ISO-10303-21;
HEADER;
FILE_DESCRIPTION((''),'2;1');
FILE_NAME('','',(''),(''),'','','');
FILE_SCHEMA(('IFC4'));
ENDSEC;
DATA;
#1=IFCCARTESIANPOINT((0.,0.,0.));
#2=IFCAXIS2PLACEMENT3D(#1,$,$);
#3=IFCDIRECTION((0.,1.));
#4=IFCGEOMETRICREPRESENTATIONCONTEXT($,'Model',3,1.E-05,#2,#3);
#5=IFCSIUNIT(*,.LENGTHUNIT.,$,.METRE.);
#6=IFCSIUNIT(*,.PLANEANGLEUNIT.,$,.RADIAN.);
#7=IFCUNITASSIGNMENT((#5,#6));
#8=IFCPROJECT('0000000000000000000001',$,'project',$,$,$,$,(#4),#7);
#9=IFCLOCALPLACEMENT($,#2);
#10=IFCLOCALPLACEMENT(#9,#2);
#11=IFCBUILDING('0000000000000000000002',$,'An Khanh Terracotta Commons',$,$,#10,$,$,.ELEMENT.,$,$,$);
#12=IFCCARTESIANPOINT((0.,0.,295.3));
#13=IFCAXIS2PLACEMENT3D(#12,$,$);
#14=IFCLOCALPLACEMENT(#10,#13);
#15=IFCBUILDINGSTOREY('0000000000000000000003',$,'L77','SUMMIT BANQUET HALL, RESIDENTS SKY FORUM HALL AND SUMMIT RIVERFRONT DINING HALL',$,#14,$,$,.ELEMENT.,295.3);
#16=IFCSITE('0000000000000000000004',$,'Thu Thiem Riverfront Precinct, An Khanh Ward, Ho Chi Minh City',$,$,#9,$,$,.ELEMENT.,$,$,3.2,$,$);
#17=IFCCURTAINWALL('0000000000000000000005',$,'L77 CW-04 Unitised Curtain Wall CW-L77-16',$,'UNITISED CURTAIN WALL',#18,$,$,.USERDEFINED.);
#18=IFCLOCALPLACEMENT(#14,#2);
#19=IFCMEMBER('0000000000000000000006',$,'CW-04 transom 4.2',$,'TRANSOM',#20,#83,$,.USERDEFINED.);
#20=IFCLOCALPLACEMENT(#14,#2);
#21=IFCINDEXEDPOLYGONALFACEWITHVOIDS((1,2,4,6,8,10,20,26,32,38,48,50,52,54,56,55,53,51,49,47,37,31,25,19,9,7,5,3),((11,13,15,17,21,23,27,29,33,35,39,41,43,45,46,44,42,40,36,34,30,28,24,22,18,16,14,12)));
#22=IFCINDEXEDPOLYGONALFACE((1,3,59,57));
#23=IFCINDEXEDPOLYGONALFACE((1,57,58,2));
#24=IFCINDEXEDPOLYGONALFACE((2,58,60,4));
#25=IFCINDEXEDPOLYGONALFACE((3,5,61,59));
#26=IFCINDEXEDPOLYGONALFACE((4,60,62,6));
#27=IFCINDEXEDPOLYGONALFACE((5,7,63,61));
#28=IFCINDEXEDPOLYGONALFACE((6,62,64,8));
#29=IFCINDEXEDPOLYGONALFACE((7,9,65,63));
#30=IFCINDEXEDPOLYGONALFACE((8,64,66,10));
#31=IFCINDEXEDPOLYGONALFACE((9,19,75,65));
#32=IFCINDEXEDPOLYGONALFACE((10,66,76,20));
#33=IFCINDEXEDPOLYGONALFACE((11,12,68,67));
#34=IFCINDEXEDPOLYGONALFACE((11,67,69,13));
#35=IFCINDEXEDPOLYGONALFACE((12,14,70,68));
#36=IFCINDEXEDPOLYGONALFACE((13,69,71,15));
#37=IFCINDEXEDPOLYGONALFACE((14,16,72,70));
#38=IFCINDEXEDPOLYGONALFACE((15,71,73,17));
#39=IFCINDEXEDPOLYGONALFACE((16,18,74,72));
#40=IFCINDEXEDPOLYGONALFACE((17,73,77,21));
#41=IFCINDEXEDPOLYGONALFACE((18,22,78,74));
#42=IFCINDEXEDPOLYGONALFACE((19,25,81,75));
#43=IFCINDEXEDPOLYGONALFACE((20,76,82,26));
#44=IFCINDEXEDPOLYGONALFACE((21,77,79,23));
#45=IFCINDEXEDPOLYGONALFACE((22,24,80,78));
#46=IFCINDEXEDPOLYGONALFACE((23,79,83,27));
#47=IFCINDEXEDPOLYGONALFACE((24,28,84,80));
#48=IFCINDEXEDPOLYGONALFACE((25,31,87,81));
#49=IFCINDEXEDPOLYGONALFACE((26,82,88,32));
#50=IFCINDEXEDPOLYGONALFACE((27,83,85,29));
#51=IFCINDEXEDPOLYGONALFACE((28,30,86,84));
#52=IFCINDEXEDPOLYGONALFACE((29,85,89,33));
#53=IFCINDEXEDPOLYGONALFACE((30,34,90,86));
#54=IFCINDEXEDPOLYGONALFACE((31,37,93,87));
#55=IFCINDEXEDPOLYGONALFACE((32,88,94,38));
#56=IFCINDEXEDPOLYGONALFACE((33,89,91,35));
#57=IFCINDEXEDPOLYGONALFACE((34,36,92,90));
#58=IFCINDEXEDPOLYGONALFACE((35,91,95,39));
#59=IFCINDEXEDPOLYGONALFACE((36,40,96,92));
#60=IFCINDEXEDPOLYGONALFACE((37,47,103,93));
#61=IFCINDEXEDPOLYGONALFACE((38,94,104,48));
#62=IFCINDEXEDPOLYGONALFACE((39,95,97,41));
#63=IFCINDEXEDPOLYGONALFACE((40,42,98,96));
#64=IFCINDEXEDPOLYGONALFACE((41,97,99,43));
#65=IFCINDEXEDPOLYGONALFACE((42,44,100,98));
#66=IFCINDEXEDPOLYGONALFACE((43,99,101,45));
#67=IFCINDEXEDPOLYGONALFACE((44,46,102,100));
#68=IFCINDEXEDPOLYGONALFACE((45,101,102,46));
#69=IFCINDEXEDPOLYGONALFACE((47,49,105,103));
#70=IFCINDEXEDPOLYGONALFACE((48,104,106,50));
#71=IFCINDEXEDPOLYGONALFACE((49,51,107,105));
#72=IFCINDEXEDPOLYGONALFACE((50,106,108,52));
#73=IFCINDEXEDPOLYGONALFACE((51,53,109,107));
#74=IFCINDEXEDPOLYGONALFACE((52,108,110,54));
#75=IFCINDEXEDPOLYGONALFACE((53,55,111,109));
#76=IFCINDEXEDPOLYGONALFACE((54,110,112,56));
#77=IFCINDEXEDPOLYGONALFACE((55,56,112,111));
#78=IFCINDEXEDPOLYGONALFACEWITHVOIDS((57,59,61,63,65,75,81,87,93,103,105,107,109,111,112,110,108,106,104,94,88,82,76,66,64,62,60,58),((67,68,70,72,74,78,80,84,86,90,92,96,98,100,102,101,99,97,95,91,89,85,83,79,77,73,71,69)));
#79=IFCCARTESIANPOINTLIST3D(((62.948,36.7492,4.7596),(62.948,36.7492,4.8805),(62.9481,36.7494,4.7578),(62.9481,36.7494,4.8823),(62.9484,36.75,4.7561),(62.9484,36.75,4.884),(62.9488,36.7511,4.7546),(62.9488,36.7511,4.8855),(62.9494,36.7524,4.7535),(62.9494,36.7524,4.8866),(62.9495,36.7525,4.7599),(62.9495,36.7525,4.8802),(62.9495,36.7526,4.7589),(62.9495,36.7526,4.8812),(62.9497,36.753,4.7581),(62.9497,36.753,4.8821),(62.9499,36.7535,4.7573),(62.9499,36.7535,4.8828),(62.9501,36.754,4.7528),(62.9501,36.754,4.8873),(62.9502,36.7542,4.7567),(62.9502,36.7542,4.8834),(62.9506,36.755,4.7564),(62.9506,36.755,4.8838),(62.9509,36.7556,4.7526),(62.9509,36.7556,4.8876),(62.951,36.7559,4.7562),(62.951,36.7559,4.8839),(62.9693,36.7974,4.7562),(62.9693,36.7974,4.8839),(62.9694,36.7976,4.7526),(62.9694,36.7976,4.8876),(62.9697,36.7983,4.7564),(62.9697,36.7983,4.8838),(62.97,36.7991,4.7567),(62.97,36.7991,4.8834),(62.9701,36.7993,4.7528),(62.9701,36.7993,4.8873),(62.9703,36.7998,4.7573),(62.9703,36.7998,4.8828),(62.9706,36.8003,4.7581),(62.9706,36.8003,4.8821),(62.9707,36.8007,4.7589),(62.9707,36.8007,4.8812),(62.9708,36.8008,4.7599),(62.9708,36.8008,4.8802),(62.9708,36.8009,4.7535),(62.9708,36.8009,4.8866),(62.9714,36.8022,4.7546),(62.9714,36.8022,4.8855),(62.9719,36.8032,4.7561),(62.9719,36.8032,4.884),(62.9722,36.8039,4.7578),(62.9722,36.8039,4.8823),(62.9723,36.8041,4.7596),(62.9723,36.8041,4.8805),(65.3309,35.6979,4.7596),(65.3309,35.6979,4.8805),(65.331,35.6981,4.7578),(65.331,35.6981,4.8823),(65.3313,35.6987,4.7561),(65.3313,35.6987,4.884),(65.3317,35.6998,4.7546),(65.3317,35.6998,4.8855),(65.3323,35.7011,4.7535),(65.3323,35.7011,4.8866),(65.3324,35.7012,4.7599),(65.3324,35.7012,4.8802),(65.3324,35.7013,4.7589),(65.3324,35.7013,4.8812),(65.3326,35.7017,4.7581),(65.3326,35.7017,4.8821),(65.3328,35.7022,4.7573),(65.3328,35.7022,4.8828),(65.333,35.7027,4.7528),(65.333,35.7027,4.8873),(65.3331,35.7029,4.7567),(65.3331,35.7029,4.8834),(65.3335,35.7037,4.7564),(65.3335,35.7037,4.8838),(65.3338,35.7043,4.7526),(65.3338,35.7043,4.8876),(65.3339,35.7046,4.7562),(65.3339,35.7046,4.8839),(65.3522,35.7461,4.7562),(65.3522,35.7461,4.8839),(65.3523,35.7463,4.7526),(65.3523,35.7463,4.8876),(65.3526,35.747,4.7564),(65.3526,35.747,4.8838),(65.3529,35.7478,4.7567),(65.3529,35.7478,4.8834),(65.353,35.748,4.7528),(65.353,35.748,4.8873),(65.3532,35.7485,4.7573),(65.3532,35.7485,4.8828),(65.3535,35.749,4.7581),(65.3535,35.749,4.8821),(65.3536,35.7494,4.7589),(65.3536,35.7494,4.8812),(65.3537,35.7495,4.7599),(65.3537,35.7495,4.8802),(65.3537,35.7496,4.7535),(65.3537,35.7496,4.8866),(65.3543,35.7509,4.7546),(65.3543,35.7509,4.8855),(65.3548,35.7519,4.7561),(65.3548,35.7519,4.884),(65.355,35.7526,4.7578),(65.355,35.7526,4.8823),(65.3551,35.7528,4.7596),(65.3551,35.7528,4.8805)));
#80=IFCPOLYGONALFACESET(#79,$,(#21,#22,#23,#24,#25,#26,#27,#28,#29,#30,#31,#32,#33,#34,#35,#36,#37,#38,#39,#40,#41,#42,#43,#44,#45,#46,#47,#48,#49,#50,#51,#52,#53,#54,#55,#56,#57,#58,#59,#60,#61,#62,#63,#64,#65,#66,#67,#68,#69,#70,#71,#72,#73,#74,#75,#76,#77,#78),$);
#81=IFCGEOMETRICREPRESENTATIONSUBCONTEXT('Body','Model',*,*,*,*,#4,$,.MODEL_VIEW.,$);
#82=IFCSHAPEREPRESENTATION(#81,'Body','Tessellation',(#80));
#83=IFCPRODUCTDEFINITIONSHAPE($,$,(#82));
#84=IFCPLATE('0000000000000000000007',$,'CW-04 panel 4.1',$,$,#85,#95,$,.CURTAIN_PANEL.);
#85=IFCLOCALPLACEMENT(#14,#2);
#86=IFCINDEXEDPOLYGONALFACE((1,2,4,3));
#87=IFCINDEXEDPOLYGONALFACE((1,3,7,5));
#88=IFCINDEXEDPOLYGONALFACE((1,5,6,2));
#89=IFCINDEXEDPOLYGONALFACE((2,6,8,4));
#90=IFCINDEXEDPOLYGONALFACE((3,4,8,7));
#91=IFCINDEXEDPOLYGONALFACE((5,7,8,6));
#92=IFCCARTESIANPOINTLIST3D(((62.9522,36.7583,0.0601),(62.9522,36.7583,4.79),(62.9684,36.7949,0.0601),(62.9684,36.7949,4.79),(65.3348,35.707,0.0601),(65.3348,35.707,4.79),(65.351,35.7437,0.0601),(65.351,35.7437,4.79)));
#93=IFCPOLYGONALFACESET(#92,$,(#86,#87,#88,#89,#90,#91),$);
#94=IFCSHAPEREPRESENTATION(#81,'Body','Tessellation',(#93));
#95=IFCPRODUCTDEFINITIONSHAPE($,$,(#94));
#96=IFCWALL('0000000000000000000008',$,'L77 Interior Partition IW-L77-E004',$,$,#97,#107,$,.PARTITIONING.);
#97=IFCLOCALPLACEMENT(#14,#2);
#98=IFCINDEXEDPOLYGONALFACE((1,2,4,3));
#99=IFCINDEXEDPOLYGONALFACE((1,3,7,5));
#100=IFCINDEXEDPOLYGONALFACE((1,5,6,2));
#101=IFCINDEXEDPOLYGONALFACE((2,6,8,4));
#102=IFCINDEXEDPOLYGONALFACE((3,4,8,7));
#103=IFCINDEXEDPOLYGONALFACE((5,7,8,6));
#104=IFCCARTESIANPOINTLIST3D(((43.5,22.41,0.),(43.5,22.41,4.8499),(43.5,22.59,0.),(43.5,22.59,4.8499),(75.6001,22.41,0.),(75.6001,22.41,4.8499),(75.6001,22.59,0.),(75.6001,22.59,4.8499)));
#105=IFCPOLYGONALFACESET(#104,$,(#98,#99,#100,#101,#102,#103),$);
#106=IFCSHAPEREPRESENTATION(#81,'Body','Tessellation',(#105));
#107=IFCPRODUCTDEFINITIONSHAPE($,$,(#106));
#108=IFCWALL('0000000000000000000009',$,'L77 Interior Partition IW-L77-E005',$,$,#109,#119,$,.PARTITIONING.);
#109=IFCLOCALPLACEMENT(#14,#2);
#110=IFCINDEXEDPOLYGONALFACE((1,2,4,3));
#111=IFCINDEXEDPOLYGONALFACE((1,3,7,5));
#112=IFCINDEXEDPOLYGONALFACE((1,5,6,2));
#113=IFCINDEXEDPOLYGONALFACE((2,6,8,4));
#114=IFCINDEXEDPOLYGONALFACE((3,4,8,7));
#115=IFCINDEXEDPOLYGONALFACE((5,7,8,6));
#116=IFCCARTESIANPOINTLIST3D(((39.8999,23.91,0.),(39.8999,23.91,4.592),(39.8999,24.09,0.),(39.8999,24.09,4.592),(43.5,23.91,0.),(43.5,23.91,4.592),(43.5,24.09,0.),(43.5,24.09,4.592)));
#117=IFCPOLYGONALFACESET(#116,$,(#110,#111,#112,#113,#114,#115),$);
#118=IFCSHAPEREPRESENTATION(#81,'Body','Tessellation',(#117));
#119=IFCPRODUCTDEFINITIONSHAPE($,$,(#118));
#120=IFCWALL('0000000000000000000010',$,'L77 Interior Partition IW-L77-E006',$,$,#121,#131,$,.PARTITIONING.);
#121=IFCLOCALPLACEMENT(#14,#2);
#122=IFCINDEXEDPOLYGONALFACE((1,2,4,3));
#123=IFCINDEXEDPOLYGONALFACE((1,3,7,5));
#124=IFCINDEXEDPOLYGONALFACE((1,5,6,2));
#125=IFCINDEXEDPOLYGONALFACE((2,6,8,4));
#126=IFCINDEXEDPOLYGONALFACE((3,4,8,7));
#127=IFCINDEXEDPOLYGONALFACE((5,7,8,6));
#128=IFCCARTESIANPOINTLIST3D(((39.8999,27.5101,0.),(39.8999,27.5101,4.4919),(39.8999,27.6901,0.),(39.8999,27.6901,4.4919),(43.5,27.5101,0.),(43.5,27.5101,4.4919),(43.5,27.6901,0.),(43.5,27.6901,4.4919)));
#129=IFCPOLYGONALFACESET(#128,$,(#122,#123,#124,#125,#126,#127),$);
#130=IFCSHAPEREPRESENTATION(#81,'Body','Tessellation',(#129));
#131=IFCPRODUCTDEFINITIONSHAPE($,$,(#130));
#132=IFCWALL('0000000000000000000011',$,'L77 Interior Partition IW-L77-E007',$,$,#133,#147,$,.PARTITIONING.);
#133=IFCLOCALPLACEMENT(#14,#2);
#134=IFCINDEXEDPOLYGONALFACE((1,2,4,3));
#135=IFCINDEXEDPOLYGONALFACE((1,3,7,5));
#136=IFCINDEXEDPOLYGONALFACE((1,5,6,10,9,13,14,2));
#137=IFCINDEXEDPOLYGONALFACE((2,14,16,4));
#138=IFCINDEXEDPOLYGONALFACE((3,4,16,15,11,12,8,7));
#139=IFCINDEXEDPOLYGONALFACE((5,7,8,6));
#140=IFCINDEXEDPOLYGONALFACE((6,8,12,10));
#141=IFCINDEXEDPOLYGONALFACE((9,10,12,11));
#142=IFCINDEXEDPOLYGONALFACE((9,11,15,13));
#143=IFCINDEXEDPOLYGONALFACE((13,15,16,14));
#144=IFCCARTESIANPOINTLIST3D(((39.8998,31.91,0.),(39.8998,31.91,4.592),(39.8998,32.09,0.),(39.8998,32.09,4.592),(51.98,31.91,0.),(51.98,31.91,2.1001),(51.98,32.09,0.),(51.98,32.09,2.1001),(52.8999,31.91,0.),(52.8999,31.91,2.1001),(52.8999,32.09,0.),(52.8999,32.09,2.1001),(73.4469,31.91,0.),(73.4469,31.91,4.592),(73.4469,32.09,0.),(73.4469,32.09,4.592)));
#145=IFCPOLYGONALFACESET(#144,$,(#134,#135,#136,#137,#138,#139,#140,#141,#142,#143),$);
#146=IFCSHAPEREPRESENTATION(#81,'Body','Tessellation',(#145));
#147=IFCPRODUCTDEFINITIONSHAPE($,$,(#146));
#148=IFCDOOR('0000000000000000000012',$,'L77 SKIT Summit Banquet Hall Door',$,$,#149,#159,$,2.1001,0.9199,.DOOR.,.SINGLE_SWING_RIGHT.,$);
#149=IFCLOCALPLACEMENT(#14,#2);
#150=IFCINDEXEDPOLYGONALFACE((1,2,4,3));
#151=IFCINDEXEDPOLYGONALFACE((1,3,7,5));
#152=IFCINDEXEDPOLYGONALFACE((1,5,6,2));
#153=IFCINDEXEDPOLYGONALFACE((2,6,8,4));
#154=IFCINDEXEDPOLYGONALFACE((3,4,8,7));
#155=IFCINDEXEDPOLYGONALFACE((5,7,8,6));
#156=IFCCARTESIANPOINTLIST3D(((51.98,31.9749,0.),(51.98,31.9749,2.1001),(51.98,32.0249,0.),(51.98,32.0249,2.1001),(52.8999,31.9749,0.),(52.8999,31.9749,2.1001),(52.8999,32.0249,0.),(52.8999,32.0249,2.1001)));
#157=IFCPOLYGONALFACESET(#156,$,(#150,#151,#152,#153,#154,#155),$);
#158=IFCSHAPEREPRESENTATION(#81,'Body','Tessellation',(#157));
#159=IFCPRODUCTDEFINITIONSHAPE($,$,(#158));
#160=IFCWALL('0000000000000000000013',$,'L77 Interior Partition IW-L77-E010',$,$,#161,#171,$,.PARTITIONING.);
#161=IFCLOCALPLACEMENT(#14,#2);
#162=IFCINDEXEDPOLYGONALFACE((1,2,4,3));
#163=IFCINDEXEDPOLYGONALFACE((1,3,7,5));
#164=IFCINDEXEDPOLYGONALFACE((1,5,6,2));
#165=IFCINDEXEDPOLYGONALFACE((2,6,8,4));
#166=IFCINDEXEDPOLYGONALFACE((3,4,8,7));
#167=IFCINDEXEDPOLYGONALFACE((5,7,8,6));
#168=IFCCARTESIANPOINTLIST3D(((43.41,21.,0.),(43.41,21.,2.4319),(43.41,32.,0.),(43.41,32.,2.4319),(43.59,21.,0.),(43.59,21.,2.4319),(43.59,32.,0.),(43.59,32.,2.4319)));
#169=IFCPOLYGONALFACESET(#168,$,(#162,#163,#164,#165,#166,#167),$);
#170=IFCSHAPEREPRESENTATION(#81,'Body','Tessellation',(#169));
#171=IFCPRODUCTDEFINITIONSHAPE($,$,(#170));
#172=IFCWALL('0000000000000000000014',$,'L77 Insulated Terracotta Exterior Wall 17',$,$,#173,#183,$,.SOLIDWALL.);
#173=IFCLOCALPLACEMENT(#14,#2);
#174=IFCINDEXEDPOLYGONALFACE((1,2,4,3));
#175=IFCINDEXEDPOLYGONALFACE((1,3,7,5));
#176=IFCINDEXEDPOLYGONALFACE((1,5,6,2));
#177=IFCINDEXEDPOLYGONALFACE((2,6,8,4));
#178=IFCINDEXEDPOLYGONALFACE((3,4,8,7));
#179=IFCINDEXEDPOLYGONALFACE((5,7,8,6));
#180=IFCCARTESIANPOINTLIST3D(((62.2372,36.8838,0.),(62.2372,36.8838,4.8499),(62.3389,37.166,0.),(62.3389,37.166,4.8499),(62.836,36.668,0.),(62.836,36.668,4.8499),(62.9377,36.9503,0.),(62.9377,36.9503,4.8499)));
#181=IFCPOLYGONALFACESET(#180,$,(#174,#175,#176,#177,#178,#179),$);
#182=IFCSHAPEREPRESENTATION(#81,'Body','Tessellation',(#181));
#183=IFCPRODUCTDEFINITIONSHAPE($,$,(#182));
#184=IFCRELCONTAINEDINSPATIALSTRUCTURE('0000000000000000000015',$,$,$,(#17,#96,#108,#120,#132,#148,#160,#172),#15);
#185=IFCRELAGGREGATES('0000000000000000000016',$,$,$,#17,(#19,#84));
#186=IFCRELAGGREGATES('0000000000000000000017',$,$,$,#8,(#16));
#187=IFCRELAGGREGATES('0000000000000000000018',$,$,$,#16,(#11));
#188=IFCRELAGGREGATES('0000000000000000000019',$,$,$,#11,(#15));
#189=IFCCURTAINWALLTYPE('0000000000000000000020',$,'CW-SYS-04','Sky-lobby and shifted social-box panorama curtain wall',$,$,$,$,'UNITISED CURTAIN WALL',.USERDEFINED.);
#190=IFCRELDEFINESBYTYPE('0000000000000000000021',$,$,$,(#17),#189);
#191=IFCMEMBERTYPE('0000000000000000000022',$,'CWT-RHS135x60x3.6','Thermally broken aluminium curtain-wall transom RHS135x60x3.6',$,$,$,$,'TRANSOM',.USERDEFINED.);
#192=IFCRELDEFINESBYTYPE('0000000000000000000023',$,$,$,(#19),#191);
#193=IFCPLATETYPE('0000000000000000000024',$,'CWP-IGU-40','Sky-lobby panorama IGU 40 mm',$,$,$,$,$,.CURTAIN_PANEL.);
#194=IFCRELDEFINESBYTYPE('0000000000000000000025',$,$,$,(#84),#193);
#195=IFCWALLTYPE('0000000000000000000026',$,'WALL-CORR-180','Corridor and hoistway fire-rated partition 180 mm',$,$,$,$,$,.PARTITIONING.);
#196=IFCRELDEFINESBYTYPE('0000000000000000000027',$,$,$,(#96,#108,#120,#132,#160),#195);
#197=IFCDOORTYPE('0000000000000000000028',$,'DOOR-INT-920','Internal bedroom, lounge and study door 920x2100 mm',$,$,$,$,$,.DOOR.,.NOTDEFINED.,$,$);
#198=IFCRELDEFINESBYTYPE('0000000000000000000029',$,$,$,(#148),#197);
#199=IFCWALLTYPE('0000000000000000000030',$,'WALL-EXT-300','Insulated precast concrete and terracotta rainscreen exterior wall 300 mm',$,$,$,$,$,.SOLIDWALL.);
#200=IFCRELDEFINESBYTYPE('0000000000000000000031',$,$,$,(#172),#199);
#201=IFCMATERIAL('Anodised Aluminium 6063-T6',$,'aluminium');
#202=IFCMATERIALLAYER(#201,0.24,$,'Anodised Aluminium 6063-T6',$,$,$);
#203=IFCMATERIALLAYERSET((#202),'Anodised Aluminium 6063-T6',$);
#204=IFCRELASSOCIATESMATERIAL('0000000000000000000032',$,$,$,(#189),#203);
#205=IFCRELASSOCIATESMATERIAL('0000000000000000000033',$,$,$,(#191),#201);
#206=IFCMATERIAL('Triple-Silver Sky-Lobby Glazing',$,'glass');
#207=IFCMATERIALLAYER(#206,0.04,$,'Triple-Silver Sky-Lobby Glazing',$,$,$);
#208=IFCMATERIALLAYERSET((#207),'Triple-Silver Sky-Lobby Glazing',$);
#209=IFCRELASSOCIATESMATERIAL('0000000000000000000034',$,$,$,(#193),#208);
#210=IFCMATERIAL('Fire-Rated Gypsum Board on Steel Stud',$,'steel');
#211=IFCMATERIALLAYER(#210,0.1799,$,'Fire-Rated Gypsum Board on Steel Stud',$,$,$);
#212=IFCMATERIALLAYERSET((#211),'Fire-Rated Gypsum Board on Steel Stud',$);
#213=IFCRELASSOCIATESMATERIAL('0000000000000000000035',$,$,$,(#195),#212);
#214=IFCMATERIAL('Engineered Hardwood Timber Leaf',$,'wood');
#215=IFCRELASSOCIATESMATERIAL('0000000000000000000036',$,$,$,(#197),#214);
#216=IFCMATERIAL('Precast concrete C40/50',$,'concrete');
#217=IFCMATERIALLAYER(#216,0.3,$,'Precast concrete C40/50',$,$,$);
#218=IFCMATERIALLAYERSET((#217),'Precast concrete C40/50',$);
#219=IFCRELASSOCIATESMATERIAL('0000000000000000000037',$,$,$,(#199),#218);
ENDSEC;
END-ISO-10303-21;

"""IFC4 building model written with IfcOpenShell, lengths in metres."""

from ifc_helpers import new_model, si_unit, direction, frame, frame_2d, origin, origin_2d, place, context, subcontext, project, spatial, rectangle, hollow_rectangle, extrude, material, layer, layer_set, material_profile, profile_set, type_object, element, fill, aggregate, save


model = new_model("IFC4")

# Units and contexts
model_context = context("Model", 3, precision=1e-05, world=origin(), true_north=direction((0.0, 1.0)))
body_context = subcontext(model_context, "Body", "Model", "MODEL_VIEW")
ifc_project = project(units=[si_unit("LENGTHUNIT", "METRE"), si_unit("PLANEANGLEUNIT", "RADIAN")], contexts=[model_context])

# Site, building, storey
site_placement = place(None, origin())
site = spatial("IfcSite", under=ifc_project, at=site_placement, Name="Thu Thiem Riverfront Precinct, An Khanh Ward, Ho Chi Minh City", CompositionType="ELEMENT", RefElevation=3.2)
building_placement = place(site_placement, origin())
building = spatial("IfcBuilding", under=site, at=building_placement, Name="An Khanh Terracotta Commons", CompositionType="ELEMENT")
storey_placement = place(building_placement, frame((0.0, 0.0, 295.3)))
storey = spatial("IfcBuildingStorey", under=building, at=storey_placement, Name="L77", Description="SUMMIT BANQUET HALL, RESIDENTS SKY FORUM HALL AND SUMMIT RIVERFRONT DINING HALL", CompositionType="ELEMENT", Elevation=295.3)

# Curtain wall, member, plate
ifc_material_1 = material(Name="Anodised Aluminium 6063-T6", Category="aluminium")
ifc_layer_1 = layer(ifc_material_1, 0.24, Name="Anodised Aluminium 6063-T6")
ifc_layer_set_1 = layer_set([ifc_layer_1], Name="Anodised Aluminium 6063-T6")
curtain_wall_type = type_object("IfcCurtainWallType", Name="CW-SYS-04", Description="Sky-lobby and shifted social-box panorama curtain wall", ElementType="UNITISED CURTAIN WALL", PredefinedType="USERDEFINED", material=ifc_layer_set_1)
curtain_wall_placement = place(storey_placement, origin())
curtain_wall = element("IfcCurtainWall", 1, at=curtain_wall_placement, inside=storey, type_object=curtain_wall_type, Name="L77 CW-04 Unitised Curtain Wall CW-L77-16", ObjectType="UNITISED CURTAIN WALL", PredefinedType="USERDEFINED")
ifc_material_profile_1 = material_profile(ifc_material_1, hollow_rectangle(XDim=0.0601, YDim=0.135, WallThickness=0.0037, InnerFilletRadius=0.0037, OuterFilletRadius=0.0071, at=origin_2d()), Name="RHS135x60x3.6")
ifc_profile_set_1 = profile_set([ifc_material_profile_1], Name="Anodised Aluminium 6063-T6")
member_type_1 = type_object("IfcMemberType", Name="CWT-RHS135x60x3.6", Description="Thermally broken aluminium curtain-wall transom RHS135x60x3.6", ElementType="TRANSOM", PredefinedType="USERDEFINED", material=ifc_profile_set_1)
member_1_placement = place(storey_placement, frame((65.343, 35.7253, 4.8201), z_axis=(-0.914914, 0.403649, 0.0), x_axis=(-0.403649, -0.914914, 0.0)))
member_1 = element("IfcMember", 2, at=member_1_placement, type_object=member_type_1, Name="CW-04 transom 4.2", ObjectType="TRANSOM", PredefinedType="USERDEFINED", context=body_context, shape_type="SweptSolid", body=[
    extrude(hollow_rectangle(XDim=0.0601, YDim=0.135, WallThickness=0.0037, InnerFilletRadius=0.0037, OuterFilletRadius=0.0071, at=origin_2d()), origin(), (0.0, 0.0, 1.0), 2.6045),
])
ifc_material_2 = material(Name="Triple-Silver Sky-Lobby Glazing", Category="glass")
ifc_layer_2 = layer(ifc_material_2, 0.04, Name="Triple-Silver Sky-Lobby Glazing")
ifc_layer_set_2 = layer_set([ifc_layer_2], Name="Triple-Silver Sky-Lobby Glazing")
plate_type = type_object("IfcPlateType", Name="CWP-IGU-40", Description="Sky-lobby panorama IGU 40 mm", PredefinedType="CURTAIN_PANEL", material=ifc_layer_set_2)
plate_placement = place(storey_placement, frame((64.1516, 36.251, 0.0601), z_axis=(0.0, 0.0, 1.0), x_axis=(-0.914902, 0.403676, 0.0)))
plate = element("IfcPlate", 3, at=plate_placement, type_object=plate_type, Name="CW-04 panel 4.1", PredefinedType="CURTAIN_PANEL", context=body_context, shape_type="SweptSolid", body=[
    extrude(rectangle(XDim=2.6042, YDim=0.04, at=origin_2d()), origin(), (0.0, 0.0, 1.0), 4.73),
])
aggregate(curtain_wall, [member_1, plate])

# Walls
ifc_material_3 = material(Name="Fire-Rated Gypsum Board on Steel Stud", Category="steel")
ifc_layer_3 = layer(ifc_material_3, 0.1799, Name="Fire-Rated Gypsum Board on Steel Stud")
ifc_layer_set_3 = layer_set([ifc_layer_3], Name="Fire-Rated Gypsum Board on Steel Stud")
wall_type_1 = type_object("IfcWallType", Name="WALL-CORR-180", Description="Corridor and hoistway fire-rated partition 180 mm", PredefinedType="PARTITIONING", material=ifc_layer_set_3)
wall_1_placement = place(storey_placement, frame((43.5, 22.5, 0.0), z_axis=(0.0, 0.0, 1.0), x_axis=(1.0, 0.0, 0.0)))
element("IfcWall", 4, at=wall_1_placement, inside=storey, type_object=wall_type_1, Name="L77 Interior Partition IW-L77-E004", PredefinedType="PARTITIONING", context=body_context, shape_type="SweptSolid", body=[
    extrude(rectangle(XDim=32.1001, YDim=0.1799, at=frame_2d((16.05, 0.0))), origin(), (0.0, 0.0, 1.0), 4.8499),
])
wall_2_placement = place(storey_placement, frame((39.8999, 24.0, 0.0), z_axis=(0.0, 0.0, 1.0), x_axis=(1.0, 0.0, 0.0)))
element("IfcWall", 5, at=wall_2_placement, inside=storey, type_object=wall_type_1, Name="L77 Interior Partition IW-L77-E005", PredefinedType="PARTITIONING", context=body_context, shape_type="SweptSolid", body=[
    extrude(rectangle(XDim=3.6001, YDim=0.1799, at=frame_2d((1.8, 0.0))), origin(), (0.0, 0.0, 1.0), 4.592),
])
wall_3_placement = place(storey_placement, frame((39.8999, 27.6001, 0.0), z_axis=(0.0, 0.0, 1.0), x_axis=(1.0, 0.0, 0.0)))
element("IfcWall", 6, at=wall_3_placement, inside=storey, type_object=wall_type_1, Name="L77 Interior Partition IW-L77-E006", PredefinedType="PARTITIONING", context=body_context, shape_type="SweptSolid", body=[
    extrude(rectangle(XDim=3.6001, YDim=0.1799, at=frame_2d((1.8, 0.0))), origin(), (0.0, 0.0, 1.0), 4.4919),
])

# Wall, opening, door
wall_4_placement = place(storey_placement, frame((39.8999, 32.0, 0.0), z_axis=(0.0, 0.0, 1.0), x_axis=(1.0, 0.0, 0.0)))
wall_4 = element("IfcWall", 7, at=wall_4_placement, inside=storey, type_object=wall_type_1, Name="L77 Interior Partition IW-L77-E007", PredefinedType="PARTITIONING", context=body_context, shape_type="SweptSolid", body=[
    extrude(rectangle(XDim=33.5471, YDim=0.1799, at=frame_2d((16.7734, 0.0))), origin(), (0.0, 0.0, 1.0), 4.592),
])
opening_1_placement = place(wall_4_placement, frame((12.0801, 0.0, 0.0)))
opening_1 = element("IfcOpeningElement", 8, at=opening_1_placement, cuts=wall_4, PredefinedType="OPENING", context=body_context, shape_type="SweptSolid", body=[
    extrude(rectangle(XDim=0.9199, YDim=2.1001, at=frame_2d((0.46, 1.05))), frame((0.0, 0.0999, 0.0), z_axis=(0.0, -1.0, 0.0), x_axis=(1.0, 0.0, 0.0)), (0.0, 0.0, 1.0), 0.2),
])
ifc_material_4 = material(Name="Engineered Hardwood Timber Leaf", Category="wood")
door_type_1 = type_object("IfcDoorType", Name="DOOR-INT-920", Description="Internal bedroom, lounge and study door 920x2100 mm", OperationType="NOTDEFINED", PredefinedType="DOOR", material=ifc_material_4)
door_1_placement = place(opening_1_placement, origin())
door_1 = element("IfcDoor", 9, at=door_1_placement, inside=storey, type_object=door_type_1, Name="L77 SKIT Summit Banquet Hall Door", OperationType="SINGLE_SWING_RIGHT", OverallHeight=2.1001, OverallWidth=0.9199, PredefinedType="DOOR", context=body_context, shape_type="SweptSolid", body=[
    extrude(rectangle(XDim=0.9199, YDim=2.1001, at=frame_2d((0.46, 1.05))), frame((0.0, 0.0249, 0.0), z_axis=(0.0, -1.0, 0.0), x_axis=(1.0, 0.0, 0.0)), (0.0, 0.0, 1.0), 0.05),
])
fill(opening_1, door_1)

# Walls
wall_5_placement = place(storey_placement, frame((43.5, 21.0, 0.0), z_axis=(0.0, 0.0, 1.0), x_axis=(0.0, 1.0, 0.0)))
element("IfcWall", 10, at=wall_5_placement, inside=storey, type_object=wall_type_1, Name="L77 Interior Partition IW-L77-E010", PredefinedType="PARTITIONING", context=body_context, shape_type="SweptSolid", body=[
    extrude(rectangle(XDim=11.0, YDim=0.1799, at=frame_2d((5.5, 0.0))), origin(), (0.0, 0.0, 1.0), 2.4319),
])
ifc_material_5 = material(Name="Precast concrete C40/50", Category="concrete")
ifc_layer_4 = layer(ifc_material_5, 0.3, Name="Precast concrete C40/50")
ifc_layer_set_4 = layer_set([ifc_layer_4], Name="Precast concrete C40/50")
wall_type_2 = type_object("IfcWallType", Name="WALL-EXT-300", Description="Insulated precast concrete and terracotta rainscreen exterior wall 300 mm", PredefinedType="SOLIDWALL", material=ifc_layer_set_4)
wall_6_placement = place(storey_placement, frame((62.887, 36.8091, 0.0), z_axis=(0.0, 0.0, 1.0), x_axis=(-0.940775, 0.339032, 0.0)))
element("IfcWall", 11, at=wall_6_placement, inside=storey, type_object=wall_type_2, Name="L77 Insulated Terracotta Exterior Wall 17", PredefinedType="SOLIDWALL", context=body_context, shape_type="SweptSolid", body=[
    extrude(rectangle(XDim=0.6365, YDim=0.3, at=frame_2d((0.3184, 0.0))), origin(), (0.0, 0.0, 1.0), 4.8499),
])

save(model, "model.ifc")
